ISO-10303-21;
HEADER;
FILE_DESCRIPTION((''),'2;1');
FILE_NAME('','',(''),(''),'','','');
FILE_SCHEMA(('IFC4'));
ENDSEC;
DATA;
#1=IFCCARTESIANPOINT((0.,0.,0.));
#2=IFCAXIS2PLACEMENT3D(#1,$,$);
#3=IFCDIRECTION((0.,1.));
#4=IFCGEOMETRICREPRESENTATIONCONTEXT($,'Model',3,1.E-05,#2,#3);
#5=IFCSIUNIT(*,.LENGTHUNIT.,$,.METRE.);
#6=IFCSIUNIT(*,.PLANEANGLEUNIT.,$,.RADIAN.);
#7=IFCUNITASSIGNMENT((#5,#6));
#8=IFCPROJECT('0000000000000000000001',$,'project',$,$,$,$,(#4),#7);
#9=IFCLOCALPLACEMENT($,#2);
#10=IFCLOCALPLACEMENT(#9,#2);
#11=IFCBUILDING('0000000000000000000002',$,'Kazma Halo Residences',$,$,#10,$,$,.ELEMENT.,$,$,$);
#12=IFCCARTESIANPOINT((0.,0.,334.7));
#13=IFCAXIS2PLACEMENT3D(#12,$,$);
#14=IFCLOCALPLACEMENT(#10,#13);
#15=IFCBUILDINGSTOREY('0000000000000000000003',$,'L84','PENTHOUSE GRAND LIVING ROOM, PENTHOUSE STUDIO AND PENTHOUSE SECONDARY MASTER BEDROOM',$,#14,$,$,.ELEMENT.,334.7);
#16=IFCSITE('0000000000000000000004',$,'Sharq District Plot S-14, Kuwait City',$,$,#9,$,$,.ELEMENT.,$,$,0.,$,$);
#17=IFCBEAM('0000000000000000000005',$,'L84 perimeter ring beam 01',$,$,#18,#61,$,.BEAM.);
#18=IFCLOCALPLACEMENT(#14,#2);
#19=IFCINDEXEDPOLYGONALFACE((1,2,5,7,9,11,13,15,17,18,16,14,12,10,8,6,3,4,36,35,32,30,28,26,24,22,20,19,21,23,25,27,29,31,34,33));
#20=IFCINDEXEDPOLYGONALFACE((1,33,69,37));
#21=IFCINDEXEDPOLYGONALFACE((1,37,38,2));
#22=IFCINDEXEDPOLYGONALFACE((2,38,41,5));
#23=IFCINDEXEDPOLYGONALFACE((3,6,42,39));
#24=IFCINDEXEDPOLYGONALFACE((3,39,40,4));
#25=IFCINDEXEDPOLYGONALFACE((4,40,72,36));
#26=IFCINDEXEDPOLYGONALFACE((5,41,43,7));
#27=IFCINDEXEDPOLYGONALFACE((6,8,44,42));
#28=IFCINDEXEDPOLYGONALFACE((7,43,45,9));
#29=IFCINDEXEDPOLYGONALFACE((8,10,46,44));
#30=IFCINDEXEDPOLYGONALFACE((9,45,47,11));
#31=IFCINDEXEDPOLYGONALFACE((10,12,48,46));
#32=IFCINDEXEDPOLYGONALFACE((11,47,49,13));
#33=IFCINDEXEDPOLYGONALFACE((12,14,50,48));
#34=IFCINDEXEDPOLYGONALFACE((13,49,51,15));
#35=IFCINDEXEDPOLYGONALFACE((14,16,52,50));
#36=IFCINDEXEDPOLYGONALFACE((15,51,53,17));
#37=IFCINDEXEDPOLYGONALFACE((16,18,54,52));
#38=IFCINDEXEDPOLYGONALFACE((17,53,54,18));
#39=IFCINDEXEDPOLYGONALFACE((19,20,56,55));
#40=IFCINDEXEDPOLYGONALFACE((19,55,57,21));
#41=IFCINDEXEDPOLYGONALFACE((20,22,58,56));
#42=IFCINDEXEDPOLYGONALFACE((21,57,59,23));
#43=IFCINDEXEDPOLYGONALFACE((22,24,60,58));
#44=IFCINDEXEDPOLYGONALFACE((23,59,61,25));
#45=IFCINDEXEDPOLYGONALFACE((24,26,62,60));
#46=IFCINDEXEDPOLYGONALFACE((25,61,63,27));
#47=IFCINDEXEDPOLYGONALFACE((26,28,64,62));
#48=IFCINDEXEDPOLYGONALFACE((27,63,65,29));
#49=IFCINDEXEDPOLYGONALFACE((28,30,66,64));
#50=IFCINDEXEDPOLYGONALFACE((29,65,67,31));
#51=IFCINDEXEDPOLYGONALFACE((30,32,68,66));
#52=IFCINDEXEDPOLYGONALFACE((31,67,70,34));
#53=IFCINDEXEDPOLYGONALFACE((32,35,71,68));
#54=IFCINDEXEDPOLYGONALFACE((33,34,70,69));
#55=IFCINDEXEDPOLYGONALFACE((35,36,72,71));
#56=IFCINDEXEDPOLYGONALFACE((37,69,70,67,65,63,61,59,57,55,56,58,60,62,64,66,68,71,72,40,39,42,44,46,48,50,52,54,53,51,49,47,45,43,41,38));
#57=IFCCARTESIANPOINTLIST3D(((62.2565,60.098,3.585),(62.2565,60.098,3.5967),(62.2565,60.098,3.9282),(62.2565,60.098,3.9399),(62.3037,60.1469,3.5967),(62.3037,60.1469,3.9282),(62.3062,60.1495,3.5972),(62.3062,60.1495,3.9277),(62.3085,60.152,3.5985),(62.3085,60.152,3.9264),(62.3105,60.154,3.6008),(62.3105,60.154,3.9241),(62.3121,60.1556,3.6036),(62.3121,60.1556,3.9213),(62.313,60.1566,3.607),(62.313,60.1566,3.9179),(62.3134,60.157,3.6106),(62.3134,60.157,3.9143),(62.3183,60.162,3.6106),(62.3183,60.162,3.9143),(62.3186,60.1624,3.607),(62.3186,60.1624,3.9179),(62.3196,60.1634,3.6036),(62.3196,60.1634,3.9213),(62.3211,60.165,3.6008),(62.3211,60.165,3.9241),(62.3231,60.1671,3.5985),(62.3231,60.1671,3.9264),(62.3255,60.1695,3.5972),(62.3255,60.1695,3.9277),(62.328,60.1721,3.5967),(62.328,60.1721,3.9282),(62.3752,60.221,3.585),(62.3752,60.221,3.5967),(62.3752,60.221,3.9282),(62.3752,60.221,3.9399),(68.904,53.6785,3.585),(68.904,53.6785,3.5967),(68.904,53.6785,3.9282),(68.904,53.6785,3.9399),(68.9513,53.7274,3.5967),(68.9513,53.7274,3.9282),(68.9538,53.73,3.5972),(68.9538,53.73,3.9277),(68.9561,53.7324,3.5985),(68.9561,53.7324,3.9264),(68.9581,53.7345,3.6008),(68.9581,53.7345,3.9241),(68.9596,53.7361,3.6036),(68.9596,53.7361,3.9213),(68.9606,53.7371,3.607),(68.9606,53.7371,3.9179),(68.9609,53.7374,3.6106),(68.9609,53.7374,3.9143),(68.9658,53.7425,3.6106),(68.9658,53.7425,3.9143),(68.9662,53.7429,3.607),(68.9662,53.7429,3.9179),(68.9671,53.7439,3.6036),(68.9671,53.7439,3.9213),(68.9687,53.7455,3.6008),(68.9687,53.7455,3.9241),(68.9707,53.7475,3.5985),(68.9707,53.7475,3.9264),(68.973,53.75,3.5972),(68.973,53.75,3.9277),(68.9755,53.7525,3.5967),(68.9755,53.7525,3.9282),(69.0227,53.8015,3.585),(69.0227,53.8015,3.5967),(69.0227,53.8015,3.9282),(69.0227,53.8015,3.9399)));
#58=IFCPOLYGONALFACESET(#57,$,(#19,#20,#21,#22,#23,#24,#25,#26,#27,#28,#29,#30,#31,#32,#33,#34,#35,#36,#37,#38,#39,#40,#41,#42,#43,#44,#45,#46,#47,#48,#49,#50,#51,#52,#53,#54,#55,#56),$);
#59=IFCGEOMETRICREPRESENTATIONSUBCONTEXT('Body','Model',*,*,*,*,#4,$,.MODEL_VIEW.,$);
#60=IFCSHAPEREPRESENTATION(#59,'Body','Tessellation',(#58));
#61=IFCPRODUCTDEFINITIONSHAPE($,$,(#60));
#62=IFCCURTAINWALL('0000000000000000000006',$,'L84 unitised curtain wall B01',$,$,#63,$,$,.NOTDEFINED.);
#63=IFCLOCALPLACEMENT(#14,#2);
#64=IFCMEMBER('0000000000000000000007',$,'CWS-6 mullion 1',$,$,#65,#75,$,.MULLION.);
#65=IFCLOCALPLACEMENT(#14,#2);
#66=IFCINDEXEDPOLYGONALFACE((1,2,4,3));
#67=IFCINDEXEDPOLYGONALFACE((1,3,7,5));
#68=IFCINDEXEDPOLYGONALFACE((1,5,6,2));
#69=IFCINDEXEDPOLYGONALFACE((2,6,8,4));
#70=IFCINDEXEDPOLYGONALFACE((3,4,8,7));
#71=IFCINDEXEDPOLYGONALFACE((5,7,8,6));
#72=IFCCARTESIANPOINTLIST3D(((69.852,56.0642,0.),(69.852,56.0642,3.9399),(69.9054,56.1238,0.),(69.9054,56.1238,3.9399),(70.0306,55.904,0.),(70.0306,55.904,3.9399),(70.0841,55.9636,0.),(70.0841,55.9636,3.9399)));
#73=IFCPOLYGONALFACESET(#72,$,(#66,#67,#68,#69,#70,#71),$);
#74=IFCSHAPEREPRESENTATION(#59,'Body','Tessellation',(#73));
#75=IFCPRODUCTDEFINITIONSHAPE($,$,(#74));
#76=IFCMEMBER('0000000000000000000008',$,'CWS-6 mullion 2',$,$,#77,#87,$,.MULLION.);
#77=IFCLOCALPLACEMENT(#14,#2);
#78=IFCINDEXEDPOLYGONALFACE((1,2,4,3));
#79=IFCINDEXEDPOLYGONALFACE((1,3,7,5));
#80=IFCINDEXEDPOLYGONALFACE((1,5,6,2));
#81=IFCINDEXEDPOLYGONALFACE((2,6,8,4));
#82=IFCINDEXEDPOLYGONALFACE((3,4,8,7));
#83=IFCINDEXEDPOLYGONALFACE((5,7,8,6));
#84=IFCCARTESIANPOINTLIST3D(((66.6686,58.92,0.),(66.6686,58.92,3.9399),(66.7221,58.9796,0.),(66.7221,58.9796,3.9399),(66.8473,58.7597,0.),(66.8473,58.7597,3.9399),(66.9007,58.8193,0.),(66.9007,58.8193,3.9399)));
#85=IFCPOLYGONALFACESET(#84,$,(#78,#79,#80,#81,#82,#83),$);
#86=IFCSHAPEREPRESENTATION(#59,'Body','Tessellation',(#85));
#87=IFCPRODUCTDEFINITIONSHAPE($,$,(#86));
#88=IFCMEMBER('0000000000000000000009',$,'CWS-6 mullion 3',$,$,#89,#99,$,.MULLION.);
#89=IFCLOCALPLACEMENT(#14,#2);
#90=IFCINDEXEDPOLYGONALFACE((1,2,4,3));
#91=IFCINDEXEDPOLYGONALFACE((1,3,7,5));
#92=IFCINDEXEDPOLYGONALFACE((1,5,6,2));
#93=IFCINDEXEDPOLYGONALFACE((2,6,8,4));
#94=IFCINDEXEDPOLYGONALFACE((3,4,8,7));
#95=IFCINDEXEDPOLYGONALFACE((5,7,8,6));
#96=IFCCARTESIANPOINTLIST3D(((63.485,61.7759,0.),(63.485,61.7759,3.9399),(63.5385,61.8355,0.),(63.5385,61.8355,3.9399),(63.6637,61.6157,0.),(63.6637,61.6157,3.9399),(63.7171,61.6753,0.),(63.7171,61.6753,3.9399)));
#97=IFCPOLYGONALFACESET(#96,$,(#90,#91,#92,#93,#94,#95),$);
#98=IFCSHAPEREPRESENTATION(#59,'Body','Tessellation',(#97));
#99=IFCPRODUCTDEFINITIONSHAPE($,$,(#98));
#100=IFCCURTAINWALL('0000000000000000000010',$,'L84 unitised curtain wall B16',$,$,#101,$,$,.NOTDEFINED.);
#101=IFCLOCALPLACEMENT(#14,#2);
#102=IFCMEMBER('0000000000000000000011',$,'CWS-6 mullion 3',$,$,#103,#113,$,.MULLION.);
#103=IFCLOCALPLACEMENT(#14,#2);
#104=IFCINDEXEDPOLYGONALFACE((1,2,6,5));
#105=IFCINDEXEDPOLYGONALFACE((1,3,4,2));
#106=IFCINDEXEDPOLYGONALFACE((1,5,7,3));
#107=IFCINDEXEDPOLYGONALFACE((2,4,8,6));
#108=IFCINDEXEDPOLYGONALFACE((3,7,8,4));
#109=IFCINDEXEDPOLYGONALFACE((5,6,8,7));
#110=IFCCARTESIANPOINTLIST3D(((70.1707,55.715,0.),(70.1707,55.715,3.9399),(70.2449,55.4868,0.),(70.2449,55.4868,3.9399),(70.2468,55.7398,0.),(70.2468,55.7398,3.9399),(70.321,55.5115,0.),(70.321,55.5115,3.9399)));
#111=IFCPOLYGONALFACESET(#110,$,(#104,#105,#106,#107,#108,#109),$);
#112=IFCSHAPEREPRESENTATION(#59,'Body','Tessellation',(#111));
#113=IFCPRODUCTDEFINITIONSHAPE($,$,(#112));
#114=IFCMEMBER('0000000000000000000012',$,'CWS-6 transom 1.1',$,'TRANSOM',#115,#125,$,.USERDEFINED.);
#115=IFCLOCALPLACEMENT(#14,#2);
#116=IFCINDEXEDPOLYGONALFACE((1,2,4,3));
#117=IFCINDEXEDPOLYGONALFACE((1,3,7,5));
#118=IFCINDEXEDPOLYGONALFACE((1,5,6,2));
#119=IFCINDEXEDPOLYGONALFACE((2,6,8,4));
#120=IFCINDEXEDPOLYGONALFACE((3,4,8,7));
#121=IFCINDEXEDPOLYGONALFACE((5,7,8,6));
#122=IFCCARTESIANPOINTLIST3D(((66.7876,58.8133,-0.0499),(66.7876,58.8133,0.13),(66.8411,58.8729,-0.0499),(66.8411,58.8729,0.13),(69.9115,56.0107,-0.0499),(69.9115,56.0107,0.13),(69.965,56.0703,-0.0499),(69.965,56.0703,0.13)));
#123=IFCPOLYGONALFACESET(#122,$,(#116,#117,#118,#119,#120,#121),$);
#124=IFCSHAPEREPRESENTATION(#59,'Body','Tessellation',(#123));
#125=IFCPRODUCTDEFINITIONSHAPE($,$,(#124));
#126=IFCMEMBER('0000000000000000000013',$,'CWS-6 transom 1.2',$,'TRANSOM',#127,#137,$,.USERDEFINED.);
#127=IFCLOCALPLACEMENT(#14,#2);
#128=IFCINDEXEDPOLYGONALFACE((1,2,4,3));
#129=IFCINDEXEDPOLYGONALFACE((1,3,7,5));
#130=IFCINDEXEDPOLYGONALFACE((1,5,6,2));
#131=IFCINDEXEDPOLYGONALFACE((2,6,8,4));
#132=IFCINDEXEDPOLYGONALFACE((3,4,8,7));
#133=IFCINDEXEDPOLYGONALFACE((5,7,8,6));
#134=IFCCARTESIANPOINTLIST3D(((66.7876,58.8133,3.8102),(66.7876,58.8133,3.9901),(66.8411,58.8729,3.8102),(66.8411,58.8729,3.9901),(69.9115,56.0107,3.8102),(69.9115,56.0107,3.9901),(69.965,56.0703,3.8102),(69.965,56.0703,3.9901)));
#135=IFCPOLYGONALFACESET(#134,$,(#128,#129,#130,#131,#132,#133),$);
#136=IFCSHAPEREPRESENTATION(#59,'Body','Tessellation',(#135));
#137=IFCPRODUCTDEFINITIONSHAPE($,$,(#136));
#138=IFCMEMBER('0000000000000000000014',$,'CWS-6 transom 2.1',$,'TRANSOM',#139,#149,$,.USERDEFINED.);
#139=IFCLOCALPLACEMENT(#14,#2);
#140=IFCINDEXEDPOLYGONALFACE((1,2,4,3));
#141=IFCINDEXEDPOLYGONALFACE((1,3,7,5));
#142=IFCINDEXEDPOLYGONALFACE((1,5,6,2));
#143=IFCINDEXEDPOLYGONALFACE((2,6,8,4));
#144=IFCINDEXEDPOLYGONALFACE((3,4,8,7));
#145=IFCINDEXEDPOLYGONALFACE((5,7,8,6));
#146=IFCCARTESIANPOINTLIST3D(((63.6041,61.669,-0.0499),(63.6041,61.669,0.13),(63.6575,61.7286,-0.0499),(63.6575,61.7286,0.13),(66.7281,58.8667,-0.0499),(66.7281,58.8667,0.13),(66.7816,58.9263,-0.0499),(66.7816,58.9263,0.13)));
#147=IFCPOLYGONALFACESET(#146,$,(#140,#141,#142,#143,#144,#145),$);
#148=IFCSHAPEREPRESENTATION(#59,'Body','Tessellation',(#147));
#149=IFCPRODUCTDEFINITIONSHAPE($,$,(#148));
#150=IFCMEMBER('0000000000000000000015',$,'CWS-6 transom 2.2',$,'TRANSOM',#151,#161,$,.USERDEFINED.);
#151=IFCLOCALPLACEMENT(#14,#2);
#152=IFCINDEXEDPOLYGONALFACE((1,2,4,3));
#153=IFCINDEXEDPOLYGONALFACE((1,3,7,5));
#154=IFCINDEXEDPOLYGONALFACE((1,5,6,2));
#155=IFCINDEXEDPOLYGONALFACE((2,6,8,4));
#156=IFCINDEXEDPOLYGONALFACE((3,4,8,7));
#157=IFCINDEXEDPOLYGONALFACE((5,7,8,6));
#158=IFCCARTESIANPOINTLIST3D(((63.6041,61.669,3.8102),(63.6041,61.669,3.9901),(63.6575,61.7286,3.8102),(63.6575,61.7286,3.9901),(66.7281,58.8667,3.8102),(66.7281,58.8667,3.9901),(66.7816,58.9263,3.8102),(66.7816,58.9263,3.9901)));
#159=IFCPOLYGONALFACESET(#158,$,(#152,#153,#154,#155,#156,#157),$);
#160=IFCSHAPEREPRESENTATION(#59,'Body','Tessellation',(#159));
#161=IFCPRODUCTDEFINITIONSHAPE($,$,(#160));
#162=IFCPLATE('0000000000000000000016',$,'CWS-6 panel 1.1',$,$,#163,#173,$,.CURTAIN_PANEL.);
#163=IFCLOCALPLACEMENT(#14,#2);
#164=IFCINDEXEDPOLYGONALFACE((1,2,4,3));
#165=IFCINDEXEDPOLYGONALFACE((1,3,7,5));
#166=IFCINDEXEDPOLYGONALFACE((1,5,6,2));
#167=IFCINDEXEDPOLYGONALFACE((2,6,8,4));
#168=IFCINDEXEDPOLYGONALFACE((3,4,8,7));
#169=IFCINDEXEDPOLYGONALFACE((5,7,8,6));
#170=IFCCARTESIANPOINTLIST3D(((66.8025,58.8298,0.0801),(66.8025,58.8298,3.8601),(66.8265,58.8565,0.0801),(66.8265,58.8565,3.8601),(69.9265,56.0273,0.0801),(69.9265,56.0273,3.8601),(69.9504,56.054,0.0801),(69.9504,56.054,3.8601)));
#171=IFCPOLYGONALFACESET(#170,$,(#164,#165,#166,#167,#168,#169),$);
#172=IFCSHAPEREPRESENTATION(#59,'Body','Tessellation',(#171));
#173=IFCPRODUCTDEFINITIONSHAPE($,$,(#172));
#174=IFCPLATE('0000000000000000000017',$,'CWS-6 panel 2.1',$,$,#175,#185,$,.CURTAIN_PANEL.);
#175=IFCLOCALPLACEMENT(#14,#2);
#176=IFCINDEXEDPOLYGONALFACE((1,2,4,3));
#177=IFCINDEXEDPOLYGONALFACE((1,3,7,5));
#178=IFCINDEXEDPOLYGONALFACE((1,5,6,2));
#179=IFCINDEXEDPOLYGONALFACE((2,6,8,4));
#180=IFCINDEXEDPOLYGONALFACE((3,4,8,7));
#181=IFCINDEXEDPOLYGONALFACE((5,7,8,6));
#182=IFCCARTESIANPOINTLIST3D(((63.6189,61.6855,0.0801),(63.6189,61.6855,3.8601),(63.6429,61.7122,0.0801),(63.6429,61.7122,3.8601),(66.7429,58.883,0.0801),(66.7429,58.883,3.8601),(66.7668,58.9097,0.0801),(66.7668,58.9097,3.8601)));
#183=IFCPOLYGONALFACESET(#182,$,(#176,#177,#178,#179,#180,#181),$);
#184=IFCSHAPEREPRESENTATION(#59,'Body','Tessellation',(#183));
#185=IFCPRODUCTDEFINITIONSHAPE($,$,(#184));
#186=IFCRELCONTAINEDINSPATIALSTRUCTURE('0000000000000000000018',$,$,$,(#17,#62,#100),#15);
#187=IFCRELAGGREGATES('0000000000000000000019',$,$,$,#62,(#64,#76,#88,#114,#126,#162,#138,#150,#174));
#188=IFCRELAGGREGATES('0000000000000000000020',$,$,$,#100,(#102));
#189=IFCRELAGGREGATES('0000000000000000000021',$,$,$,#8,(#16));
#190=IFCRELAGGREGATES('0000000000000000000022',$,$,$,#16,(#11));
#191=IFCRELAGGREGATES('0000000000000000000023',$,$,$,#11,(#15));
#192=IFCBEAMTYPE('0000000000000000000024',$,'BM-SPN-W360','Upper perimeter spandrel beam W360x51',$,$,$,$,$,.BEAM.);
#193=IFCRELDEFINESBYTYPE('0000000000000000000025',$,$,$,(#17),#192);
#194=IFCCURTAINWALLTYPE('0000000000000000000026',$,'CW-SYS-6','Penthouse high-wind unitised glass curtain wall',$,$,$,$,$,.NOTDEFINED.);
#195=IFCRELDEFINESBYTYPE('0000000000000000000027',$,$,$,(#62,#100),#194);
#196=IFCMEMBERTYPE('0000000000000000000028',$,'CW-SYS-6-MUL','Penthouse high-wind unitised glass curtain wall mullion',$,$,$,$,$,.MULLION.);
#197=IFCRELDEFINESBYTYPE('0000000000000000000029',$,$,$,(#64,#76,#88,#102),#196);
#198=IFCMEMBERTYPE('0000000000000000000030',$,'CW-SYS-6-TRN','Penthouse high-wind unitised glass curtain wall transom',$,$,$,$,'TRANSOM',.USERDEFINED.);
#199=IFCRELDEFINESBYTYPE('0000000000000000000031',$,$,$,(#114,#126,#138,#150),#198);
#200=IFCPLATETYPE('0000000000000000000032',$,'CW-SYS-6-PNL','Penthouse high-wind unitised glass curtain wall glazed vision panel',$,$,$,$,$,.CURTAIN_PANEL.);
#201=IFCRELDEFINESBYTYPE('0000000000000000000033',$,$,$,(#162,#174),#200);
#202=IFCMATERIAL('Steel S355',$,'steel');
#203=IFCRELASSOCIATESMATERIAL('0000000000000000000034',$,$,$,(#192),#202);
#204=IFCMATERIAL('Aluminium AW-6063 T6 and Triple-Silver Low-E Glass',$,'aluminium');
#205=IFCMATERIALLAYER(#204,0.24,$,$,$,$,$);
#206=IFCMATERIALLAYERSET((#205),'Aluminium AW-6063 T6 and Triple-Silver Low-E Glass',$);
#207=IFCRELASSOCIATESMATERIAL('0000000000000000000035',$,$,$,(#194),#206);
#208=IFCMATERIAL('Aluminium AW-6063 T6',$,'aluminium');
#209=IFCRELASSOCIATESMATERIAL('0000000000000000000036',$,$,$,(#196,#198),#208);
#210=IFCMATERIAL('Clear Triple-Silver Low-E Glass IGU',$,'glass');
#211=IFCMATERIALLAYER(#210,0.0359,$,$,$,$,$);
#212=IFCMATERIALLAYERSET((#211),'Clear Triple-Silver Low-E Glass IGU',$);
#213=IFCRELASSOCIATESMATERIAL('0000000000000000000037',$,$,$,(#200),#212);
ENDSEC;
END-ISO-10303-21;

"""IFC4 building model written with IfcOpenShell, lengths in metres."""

from ifc_helpers import new_model, si_unit, direction, frame, origin, origin_2d, place, context, subcontext, project, spatial, rectangle, i_section, extrude, material, layer, layer_set, material_profile, profile_set, type_object, element, aggregate, save


model = new_model("IFC4")

# Units and contexts
model_context = context("Model", 3, precision=1e-05, world=origin(), true_north=direction((0.0, 1.0)))
body_context = subcontext(model_context, "Body", "Model", "MODEL_VIEW")
ifc_project = project(units=[si_unit("LENGTHUNIT", "METRE"), si_unit("PLANEANGLEUNIT", "RADIAN")], contexts=[model_context])

# Site, building, storey
site_placement = place(None, origin())
site = spatial("IfcSite", under=ifc_project, at=site_placement, Name="Sharq District Plot S-14, Kuwait City", CompositionType="ELEMENT", RefElevation=0.0)
building_placement = place(site_placement, origin())
building = spatial("IfcBuilding", under=site, at=building_placement, Name="Kazma Halo Residences", CompositionType="ELEMENT")
storey_placement = place(building_placement, frame((0.0, 0.0, 334.7)))
storey = spatial("IfcBuildingStorey", under=building, at=storey_placement, Name="L84", Description="PENTHOUSE GRAND LIVING ROOM, PENTHOUSE STUDIO AND PENTHOUSE SECONDARY MASTER BEDROOM", CompositionType="ELEMENT", Elevation=334.7)

# Beam
ifc_material_1 = material(Name="Steel S355", Category="steel")
ifc_material_profile_1 = material_profile(ifc_material_1, i_section(OverallWidth=0.1709, OverallDepth=0.355, WebThickness=0.0071, FlangeThickness=0.0117, FilletRadius=0.0139, at=origin_2d()), Name="W360x51")
ifc_profile_set_1 = profile_set([ifc_material_profile_1], Name="Steel S355")
beam_type_1 = type_object("IfcBeamType", Name="BM-SPN-W360", Description="Upper perimeter spandrel beam W360x51", PredefinedType="BEAM", material=ifc_profile_set_1)
beam_1_placement = place(storey_placement, frame((68.9634, 53.74, 3.7625), z_axis=(-0.719337, 0.694661, 0.0), x_axis=(-0.694661, -0.719337, 0.0)))
element("IfcBeam", 1, at=beam_1_placement, inside=storey, type_object=beam_type_1, Name="L84 perimeter ring beam 01", PredefinedType="BEAM", context=body_context, shape_type="SweptSolid", body=[
    extrude(i_section(OverallWidth=0.1709, OverallDepth=0.355, WebThickness=0.0071, FlangeThickness=0.0117, FilletRadius=0.0139, at=origin_2d()), origin(), (0.0, 0.0, 1.0), 9.2412),
])

# Curtain wall, members
ifc_material_2 = material(Name="Aluminium AW-6063 T6 and Triple-Silver Low-E Glass", Category="aluminium")
ifc_layer_1 = layer(ifc_material_2, 0.24)
ifc_layer_set_1 = layer_set([ifc_layer_1], Name="Aluminium AW-6063 T6 and Triple-Silver Low-E Glass")
curtain_wall_type = type_object("IfcCurtainWallType", Name="CW-SYS-6", Description="Penthouse high-wind unitised glass curtain wall", PredefinedType="NOTDEFINED", material=ifc_layer_set_1)
curtain_wall_1_placement = place(storey_placement, origin())
curtain_wall_1 = element("IfcCurtainWall", 2, at=curtain_wall_1_placement, inside=storey, type_object=curtain_wall_type, Name="L84 unitised curtain wall B01", PredefinedType="NOTDEFINED")
ifc_material_3 = material(Name="Aluminium AW-6063 T6", Category="aluminium")
ifc_material_profile_2 = material_profile(ifc_material_3, rectangle(XDim=0.0801, YDim=0.24, at=origin_2d()), Name="CWM-80x240")
ifc_profile_set_2 = profile_set([ifc_material_profile_2], Name="Aluminium AW-6063 T6")
member_type_1 = type_object("IfcMemberType", Name="CW-SYS-6-MUL", Description="Penthouse high-wind unitised glass curtain wall mullion", PredefinedType="MULLION", material=ifc_profile_set_2)
member_1_placement = place(storey_placement, frame((69.968, 56.0139, 0.0), z_axis=(0.0, 0.0, 1.0), x_axis=(-0.667758, -0.744379, 0.0)))
member_1 = element("IfcMember", 3, at=member_1_placement, type_object=member_type_1, Name="CWS-6 mullion 1", PredefinedType="MULLION", context=body_context, shape_type="SweptSolid", body=[
    extrude(rectangle(XDim=0.0801, YDim=0.24, at=origin_2d()), origin(), (0.0, 0.0, 1.0), 3.9399),
])
member_2_placement = place(storey_placement, frame((66.7847, 58.8696, 0.0), z_axis=(0.0, 0.0, 1.0), x_axis=(-0.667758, -0.744379, 0.0)))
member_2 = element("IfcMember", 4, at=member_2_placement, type_object=member_type_1, Name="CWS-6 mullion 2", PredefinedType="MULLION", context=body_context, shape_type="SweptSolid", body=[
    extrude(rectangle(XDim=0.0801, YDim=0.24, at=origin_2d()), origin(), (0.0, 0.0, 1.0), 3.9399),
])
member_3_placement = place(storey_placement, frame((63.6011, 61.7256, 0.0), z_axis=(0.0, 0.0, 1.0), x_axis=(-0.667758, -0.744379, 0.0)))
member_3 = element("IfcMember", 5, at=member_3_placement, type_object=member_type_1, Name="CWS-6 mullion 3", PredefinedType="MULLION", context=body_context, shape_type="SweptSolid", body=[
    extrude(rectangle(XDim=0.0801, YDim=0.24, at=origin_2d()), origin(), (0.0, 0.0, 1.0), 3.9399),
])

# Curtain wall, member
curtain_wall_2_placement = place(storey_placement, origin())
curtain_wall_2 = element("IfcCurtainWall", 6, at=curtain_wall_2_placement, inside=storey, type_object=curtain_wall_type, Name="L84 unitised curtain wall B16", PredefinedType="NOTDEFINED")
member_4_placement = place(storey_placement, frame((70.2458, 55.6133, 0.0), z_axis=(0.0, 0.0, 1.0), x_axis=(-0.951056, -0.309019, 0.0)))
member_4 = element("IfcMember", 7, at=member_4_placement, type_object=member_type_1, Name="CWS-6 mullion 3", PredefinedType="MULLION", context=body_context, shape_type="SweptSolid", body=[
    extrude(rectangle(XDim=0.0801, YDim=0.24, at=origin_2d()), origin(), (0.0, 0.0, 1.0), 3.9399),
])

# Members
ifc_material_profile_3 = material_profile(ifc_material_3, rectangle(XDim=0.0801, YDim=0.1799, at=origin_2d()), Name="CWT-80x180")
ifc_profile_set_3 = profile_set([ifc_material_profile_3], Name="Aluminium AW-6063 T6")
member_type_2 = type_object("IfcMemberType", Name="CW-SYS-6-TRN", Description="Penthouse high-wind unitised glass curtain wall transom", ElementType="TRANSOM", PredefinedType="USERDEFINED", material=ifc_profile_set_3)
member_5_placement = place(storey_placement, frame((69.9382, 56.0405, 0.04), z_axis=(-0.744349, 0.667791, 0.0), x_axis=(-0.667791, -0.744349, 0.0)))
member_5 = element("IfcMember", 8, at=member_5_placement, type_object=member_type_2, Name="CWS-6 transom 1.1", ObjectType="TRANSOM", PredefinedType="USERDEFINED", context=body_context, shape_type="SweptSolid", body=[
    extrude(rectangle(XDim=0.0801, YDim=0.1799, at=origin_2d()), origin(), (0.0, 0.0, 1.0), 4.1968),
])
member_6_placement = place(storey_placement, frame((69.9382, 56.0405, 3.9001), z_axis=(-0.744349, 0.667791, 0.0), x_axis=(-0.667791, -0.744349, 0.0)))
member_6 = element("IfcMember", 9, at=member_6_placement, type_object=member_type_2, Name="CWS-6 transom 1.2", ObjectType="TRANSOM", PredefinedType="USERDEFINED", context=body_context, shape_type="SweptSolid", body=[
    extrude(rectangle(XDim=0.0801, YDim=0.1799, at=origin_2d()), origin(), (0.0, 0.0, 1.0), 4.1968),
])
member_7_placement = place(storey_placement, frame((66.7549, 58.8965, 0.04), z_axis=(-0.744404, 0.66773, 0.0), x_axis=(-0.66773, -0.744404, 0.0)))
member_7 = element("IfcMember", 10, at=member_7_placement, type_object=member_type_2, Name="CWS-6 transom 2.1", ObjectType="TRANSOM", PredefinedType="USERDEFINED", context=body_context, shape_type="SweptSolid", body=[
    extrude(rectangle(XDim=0.0801, YDim=0.1799, at=origin_2d()), origin(), (0.0, 0.0, 1.0), 4.1968),
])
member_8_placement = place(storey_placement, frame((66.7549, 58.8965, 3.9001), z_axis=(-0.744404, 0.66773, 0.0), x_axis=(-0.66773, -0.744404, 0.0)))
member_8 = element("IfcMember", 11, at=member_8_placement, type_object=member_type_2, Name="CWS-6 transom 2.2", ObjectType="TRANSOM", PredefinedType="USERDEFINED", context=body_context, shape_type="SweptSolid", body=[
    extrude(rectangle(XDim=0.0801, YDim=0.1799, at=origin_2d()), origin(), (0.0, 0.0, 1.0), 4.1968),
])

# Plates
ifc_material_4 = material(Name="Clear Triple-Silver Low-E Glass IGU", Category="glass")
ifc_layer_2 = layer(ifc_material_4, 0.0359)
ifc_layer_set_2 = layer_set([ifc_layer_2], Name="Clear Triple-Silver Low-E Glass IGU")
plate_type = type_object("IfcPlateType", Name="CW-SYS-6-PNL", Description="Penthouse high-wind unitised glass curtain wall glazed vision panel", PredefinedType="CURTAIN_PANEL", material=ifc_layer_set_2)
plate_1_placement = place(storey_placement, frame((68.3765, 57.4419, 0.0801), z_axis=(0.0, 0.0, 1.0), x_axis=(-0.744379, 0.667758, 0.0)))
plate_1 = element("IfcPlate", 12, at=plate_1_placement, type_object=plate_type, Name="CWS-6 panel 1.1", PredefinedType="CURTAIN_PANEL", context=body_context, shape_type="SweptSolid", body=[
    extrude(rectangle(XDim=4.1968, YDim=0.0359, at=origin_2d()), origin(), (0.0, 0.0, 1.0), 3.78),
])
plate_2_placement = place(storey_placement, frame((65.1929, 60.2976, 0.0801), z_axis=(0.0, 0.0, 1.0), x_axis=(-0.744379, 0.667758, 0.0)))
plate_2 = element("IfcPlate", 13, at=plate_2_placement, type_object=plate_type, Name="CWS-6 panel 2.1", PredefinedType="CURTAIN_PANEL", context=body_context, shape_type="SweptSolid", body=[
    extrude(rectangle(XDim=4.1968, YDim=0.0359, at=origin_2d()), origin(), (0.0, 0.0, 1.0), 3.78),
])
aggregate(curtain_wall_1, [member_1, member_2, member_3, member_5, member_6, plate_1, member_7, member_8, plate_2])
aggregate(curtain_wall_2, [member_4])

save(model, "model.ifc")
